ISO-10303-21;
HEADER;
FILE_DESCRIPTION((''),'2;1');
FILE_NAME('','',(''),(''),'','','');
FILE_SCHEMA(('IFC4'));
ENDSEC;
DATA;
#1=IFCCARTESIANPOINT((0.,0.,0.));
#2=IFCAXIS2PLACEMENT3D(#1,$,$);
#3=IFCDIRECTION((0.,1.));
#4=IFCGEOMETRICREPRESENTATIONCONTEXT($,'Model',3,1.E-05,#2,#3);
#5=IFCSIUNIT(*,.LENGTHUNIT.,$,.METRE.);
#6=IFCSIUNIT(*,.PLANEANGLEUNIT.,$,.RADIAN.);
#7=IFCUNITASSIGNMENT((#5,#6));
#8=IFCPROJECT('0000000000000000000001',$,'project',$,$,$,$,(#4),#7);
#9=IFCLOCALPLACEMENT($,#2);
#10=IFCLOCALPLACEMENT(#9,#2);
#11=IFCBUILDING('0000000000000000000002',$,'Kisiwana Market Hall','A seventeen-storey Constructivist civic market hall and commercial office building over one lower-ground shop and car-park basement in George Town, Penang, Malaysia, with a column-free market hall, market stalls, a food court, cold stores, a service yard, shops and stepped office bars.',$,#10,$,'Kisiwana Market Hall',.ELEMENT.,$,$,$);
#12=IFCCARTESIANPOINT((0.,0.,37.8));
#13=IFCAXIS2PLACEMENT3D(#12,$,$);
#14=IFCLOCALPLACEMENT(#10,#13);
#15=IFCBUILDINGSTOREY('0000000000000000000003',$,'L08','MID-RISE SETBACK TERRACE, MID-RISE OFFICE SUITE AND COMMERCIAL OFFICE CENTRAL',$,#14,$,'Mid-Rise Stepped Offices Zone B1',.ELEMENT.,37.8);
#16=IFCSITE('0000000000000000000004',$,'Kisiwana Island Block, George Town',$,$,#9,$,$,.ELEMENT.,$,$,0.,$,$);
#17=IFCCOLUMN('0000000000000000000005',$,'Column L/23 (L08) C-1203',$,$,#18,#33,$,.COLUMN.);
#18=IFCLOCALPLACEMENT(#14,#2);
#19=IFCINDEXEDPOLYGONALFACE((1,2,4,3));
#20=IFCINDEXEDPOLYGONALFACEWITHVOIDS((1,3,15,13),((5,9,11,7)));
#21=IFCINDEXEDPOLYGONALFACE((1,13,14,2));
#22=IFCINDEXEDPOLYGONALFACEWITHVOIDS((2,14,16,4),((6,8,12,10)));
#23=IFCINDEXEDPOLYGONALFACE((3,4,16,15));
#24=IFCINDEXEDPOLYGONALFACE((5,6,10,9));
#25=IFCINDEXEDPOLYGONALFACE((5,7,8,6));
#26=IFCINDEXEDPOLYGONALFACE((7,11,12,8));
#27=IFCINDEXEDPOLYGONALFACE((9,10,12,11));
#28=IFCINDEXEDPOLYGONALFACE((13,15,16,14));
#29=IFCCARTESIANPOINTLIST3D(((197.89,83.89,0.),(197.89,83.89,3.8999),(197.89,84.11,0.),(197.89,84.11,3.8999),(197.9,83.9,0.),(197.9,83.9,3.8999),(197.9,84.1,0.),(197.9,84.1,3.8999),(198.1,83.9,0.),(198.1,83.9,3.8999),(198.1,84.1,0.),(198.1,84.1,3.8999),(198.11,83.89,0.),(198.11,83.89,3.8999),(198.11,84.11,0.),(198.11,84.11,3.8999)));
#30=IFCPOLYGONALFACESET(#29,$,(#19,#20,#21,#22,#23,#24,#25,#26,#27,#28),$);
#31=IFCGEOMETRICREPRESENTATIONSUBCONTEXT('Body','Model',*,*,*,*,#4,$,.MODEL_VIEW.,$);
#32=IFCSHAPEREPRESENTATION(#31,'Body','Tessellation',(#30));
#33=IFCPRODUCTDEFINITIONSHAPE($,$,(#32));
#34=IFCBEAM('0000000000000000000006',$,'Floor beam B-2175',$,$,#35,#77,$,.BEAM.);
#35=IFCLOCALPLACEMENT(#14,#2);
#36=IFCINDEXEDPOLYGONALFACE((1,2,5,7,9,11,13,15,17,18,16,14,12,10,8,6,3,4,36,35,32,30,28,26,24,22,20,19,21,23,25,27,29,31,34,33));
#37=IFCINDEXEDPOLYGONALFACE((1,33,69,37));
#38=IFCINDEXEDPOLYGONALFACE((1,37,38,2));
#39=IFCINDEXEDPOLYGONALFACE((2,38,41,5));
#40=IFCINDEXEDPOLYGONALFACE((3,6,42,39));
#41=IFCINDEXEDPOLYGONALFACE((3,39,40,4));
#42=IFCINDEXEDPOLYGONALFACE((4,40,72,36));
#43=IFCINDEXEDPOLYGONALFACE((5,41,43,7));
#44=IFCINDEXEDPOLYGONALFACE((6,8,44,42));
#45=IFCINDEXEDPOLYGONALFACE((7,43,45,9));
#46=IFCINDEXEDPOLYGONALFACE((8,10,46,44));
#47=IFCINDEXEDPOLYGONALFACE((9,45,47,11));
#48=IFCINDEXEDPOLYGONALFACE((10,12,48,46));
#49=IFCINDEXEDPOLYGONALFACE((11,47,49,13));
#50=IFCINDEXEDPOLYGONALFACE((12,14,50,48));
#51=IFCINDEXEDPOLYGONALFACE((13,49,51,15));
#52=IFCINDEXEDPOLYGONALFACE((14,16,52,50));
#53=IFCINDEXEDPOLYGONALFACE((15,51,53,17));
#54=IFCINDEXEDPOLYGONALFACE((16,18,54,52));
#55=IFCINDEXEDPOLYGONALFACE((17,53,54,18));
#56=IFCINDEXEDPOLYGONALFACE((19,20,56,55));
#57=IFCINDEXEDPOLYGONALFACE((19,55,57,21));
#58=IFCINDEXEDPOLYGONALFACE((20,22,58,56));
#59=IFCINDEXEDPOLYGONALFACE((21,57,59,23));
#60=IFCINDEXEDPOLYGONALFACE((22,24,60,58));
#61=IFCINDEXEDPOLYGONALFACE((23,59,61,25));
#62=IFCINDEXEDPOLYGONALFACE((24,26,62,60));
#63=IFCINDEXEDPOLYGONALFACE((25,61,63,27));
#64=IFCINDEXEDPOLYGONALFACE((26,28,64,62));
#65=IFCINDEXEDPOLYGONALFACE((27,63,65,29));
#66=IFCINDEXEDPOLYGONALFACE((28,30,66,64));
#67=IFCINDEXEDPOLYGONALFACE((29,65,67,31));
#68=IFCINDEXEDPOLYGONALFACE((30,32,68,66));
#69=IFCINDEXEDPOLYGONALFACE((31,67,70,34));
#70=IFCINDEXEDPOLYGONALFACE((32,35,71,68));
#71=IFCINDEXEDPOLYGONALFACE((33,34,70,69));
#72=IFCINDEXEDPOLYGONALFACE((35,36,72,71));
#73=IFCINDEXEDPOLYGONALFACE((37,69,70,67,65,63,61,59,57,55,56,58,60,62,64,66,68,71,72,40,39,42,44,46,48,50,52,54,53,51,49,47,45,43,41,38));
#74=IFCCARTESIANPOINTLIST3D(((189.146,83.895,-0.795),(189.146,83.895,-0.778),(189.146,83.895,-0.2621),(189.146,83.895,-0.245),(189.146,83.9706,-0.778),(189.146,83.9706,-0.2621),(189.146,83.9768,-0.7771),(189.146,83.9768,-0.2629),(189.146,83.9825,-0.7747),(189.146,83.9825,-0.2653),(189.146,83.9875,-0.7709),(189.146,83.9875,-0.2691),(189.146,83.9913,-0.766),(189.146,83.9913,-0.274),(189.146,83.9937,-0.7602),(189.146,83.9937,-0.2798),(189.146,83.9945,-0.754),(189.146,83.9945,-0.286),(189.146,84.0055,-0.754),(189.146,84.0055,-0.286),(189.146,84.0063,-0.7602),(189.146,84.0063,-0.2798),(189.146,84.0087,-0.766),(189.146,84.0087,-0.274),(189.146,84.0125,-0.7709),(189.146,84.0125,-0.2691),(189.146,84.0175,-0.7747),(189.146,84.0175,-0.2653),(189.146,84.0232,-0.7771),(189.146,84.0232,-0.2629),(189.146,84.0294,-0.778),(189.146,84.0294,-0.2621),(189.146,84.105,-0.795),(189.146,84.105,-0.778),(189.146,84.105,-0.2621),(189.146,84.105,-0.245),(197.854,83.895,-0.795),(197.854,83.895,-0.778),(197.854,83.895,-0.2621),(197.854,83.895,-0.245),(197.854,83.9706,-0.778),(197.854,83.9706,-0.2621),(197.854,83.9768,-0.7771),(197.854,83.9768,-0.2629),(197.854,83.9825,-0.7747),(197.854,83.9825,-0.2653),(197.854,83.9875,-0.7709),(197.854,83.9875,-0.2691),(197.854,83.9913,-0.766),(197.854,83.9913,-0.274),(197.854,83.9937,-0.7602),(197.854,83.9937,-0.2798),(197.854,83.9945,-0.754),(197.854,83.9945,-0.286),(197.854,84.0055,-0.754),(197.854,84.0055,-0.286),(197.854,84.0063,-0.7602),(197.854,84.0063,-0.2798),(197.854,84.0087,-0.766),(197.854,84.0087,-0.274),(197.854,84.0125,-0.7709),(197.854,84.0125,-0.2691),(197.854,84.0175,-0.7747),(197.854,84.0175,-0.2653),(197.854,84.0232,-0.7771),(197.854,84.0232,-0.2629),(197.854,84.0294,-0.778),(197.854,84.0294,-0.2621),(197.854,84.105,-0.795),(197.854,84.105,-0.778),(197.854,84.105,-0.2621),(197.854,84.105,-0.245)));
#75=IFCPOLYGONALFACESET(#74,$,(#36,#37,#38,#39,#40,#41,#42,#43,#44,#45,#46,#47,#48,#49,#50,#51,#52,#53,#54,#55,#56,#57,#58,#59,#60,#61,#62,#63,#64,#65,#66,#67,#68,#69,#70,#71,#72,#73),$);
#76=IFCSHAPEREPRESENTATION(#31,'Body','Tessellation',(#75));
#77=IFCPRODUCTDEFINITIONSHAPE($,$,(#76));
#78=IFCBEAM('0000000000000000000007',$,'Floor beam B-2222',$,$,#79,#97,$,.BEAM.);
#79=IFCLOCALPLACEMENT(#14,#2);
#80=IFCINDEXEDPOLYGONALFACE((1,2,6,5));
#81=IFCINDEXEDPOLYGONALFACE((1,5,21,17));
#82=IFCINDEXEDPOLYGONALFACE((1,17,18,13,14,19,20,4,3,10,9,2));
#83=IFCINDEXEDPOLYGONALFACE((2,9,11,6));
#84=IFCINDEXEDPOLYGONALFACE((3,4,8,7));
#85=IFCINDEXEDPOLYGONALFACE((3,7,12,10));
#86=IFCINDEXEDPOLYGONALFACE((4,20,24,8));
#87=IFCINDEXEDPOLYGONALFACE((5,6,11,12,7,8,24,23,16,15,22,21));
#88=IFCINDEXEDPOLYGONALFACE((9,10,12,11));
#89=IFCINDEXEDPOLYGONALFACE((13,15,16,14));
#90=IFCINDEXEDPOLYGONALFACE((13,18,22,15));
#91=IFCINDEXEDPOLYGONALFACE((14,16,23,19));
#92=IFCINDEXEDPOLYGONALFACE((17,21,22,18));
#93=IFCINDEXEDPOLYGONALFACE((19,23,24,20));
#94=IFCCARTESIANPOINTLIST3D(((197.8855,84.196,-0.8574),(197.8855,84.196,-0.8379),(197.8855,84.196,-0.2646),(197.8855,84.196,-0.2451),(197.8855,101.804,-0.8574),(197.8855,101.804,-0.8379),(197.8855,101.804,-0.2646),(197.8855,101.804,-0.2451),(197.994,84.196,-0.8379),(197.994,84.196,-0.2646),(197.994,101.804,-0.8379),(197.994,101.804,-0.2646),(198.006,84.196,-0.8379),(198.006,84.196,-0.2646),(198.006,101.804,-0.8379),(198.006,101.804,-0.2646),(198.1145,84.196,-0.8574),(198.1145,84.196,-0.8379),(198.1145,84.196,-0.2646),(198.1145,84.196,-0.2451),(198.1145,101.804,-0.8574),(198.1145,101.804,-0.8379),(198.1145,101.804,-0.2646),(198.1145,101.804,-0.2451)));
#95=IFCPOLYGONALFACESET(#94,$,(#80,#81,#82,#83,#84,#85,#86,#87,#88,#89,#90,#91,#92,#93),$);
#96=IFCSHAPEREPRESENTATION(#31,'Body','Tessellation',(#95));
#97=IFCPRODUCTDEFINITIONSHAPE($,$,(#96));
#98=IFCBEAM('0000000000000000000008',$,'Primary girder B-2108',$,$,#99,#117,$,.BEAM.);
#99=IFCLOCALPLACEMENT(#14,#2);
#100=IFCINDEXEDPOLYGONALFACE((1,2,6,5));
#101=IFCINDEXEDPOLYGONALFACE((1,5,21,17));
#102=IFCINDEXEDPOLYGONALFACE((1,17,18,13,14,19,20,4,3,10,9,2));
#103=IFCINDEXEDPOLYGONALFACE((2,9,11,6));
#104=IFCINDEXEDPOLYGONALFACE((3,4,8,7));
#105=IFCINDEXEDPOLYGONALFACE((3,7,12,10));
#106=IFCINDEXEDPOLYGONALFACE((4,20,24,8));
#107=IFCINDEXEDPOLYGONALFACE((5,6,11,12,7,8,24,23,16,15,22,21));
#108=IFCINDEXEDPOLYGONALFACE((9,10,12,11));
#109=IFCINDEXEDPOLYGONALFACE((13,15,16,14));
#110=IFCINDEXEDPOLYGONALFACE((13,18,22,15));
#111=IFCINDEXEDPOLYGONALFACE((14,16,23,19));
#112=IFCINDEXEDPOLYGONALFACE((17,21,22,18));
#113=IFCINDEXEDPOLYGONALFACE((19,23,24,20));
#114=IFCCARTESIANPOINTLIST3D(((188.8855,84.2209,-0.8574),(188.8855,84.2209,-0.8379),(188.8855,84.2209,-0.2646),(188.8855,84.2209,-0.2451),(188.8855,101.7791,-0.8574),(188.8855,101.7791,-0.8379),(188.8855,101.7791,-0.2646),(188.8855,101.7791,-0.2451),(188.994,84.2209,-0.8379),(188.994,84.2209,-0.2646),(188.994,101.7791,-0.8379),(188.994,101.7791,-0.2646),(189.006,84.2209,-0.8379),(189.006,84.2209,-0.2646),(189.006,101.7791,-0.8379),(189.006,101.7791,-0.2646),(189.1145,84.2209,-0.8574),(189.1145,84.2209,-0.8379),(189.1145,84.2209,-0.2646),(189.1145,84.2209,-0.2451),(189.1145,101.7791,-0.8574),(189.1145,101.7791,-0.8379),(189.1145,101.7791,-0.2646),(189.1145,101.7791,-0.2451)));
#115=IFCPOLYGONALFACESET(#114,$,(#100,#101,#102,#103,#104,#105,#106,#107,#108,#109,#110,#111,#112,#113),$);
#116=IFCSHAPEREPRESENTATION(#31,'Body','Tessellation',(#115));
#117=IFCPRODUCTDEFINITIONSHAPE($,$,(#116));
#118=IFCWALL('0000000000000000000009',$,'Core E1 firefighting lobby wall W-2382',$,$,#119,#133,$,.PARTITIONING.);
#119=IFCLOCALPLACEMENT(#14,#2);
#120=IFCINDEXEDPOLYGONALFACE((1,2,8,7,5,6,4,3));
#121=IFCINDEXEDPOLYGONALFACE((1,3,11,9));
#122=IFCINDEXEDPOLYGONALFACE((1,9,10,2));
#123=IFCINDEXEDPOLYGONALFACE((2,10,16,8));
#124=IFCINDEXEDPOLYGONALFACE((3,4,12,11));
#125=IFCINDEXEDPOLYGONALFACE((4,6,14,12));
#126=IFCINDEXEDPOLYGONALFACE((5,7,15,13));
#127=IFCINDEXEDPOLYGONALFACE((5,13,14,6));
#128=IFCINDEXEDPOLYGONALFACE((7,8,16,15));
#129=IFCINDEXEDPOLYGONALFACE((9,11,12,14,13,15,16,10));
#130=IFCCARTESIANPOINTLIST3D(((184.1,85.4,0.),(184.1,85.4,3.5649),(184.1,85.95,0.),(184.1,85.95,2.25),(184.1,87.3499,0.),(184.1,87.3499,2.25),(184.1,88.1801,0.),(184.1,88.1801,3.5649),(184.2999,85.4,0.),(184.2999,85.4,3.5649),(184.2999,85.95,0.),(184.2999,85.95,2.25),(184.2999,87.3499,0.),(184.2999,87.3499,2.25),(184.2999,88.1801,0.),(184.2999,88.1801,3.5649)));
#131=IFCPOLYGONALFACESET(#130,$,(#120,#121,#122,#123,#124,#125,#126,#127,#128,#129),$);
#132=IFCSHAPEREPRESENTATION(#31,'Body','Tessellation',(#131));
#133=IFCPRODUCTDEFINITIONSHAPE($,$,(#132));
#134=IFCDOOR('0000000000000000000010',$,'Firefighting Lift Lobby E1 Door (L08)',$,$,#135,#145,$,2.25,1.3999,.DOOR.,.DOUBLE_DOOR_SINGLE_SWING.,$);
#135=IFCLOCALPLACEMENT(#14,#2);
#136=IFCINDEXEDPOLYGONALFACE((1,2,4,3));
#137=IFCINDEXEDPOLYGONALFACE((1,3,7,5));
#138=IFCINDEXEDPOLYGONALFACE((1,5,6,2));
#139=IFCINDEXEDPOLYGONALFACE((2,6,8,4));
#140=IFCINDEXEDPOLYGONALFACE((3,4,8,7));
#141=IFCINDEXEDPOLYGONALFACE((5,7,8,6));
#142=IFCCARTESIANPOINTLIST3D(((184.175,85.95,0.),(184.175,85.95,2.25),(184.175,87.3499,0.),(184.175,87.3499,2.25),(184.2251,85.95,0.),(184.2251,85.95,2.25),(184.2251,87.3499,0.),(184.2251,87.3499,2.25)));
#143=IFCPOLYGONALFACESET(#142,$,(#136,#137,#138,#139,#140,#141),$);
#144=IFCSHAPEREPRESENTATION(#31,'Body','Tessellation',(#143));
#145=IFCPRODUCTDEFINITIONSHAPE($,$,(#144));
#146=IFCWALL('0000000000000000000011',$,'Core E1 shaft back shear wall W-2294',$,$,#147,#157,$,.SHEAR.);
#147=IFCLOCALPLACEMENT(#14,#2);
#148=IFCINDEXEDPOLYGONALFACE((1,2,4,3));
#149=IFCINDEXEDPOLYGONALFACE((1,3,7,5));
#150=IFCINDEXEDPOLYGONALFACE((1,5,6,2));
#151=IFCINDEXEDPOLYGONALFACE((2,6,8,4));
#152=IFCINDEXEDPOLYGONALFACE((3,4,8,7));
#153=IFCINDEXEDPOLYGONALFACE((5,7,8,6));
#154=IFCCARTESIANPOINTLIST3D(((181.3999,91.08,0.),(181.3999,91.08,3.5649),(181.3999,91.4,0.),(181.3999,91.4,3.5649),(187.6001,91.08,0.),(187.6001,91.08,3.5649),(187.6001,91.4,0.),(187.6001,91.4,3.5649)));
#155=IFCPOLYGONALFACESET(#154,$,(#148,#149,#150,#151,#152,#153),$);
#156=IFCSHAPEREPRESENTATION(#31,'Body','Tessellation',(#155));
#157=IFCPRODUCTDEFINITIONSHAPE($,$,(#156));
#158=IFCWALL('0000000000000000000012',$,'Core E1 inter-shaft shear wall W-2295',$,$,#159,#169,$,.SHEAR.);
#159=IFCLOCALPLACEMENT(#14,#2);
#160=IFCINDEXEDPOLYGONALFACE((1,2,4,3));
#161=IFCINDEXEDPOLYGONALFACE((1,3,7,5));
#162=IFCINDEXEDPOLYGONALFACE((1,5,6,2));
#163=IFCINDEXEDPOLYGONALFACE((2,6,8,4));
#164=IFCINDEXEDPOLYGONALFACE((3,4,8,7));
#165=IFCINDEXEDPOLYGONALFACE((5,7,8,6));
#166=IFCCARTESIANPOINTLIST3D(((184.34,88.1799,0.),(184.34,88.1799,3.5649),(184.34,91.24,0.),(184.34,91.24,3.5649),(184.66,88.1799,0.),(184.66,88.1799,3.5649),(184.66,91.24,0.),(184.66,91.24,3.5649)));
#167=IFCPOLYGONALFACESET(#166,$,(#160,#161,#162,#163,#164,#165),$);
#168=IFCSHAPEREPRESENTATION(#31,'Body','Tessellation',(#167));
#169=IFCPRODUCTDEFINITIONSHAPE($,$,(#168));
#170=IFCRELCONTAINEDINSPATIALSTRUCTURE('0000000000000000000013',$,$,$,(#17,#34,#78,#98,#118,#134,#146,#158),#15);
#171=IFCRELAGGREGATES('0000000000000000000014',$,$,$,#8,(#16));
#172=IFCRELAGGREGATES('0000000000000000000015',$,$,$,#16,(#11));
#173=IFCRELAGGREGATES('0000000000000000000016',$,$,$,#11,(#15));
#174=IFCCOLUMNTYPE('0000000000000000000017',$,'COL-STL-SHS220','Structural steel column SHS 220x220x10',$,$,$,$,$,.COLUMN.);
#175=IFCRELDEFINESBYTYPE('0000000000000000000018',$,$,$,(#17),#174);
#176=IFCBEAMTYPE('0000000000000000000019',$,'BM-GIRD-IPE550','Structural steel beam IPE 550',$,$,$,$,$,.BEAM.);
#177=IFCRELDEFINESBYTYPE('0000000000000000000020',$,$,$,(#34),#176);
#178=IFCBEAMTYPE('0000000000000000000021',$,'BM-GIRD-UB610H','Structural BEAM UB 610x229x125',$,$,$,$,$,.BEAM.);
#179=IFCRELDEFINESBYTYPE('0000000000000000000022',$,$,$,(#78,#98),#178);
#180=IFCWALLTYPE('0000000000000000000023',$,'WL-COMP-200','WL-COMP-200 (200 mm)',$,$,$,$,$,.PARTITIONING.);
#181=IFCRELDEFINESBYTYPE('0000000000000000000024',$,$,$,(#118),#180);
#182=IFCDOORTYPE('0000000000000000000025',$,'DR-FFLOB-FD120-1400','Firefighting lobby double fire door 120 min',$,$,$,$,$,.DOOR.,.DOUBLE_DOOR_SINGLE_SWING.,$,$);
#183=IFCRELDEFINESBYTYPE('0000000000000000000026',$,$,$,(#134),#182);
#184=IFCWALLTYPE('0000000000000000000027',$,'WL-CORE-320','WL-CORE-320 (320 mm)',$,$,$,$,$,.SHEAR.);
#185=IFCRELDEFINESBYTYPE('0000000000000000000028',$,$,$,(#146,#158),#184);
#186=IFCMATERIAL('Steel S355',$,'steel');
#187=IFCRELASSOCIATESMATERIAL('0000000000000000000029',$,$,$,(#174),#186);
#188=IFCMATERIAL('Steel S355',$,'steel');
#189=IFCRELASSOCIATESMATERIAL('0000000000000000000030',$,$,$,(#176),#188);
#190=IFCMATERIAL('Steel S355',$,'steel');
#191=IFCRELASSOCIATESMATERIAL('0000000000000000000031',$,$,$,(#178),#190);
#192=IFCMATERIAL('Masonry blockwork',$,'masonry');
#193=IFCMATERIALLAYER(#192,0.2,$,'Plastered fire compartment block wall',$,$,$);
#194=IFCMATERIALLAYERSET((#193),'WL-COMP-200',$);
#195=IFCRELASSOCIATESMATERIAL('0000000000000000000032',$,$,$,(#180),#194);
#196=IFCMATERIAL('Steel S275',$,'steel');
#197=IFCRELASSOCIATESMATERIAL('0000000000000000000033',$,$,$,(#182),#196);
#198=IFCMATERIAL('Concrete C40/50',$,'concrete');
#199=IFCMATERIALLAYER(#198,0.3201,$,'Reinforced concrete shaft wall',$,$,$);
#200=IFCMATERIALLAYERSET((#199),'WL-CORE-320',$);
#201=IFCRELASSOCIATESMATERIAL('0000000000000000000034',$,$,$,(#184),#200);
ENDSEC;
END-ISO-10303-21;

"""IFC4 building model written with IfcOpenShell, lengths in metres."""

from ifc_helpers import new_model, si_unit, direction, frame, frame_2d, origin, origin_2d, place, context, subcontext, project, spatial, rectangle, hollow_rectangle, i_section, extrude, material, layer, layer_set, material_profile, profile_set, type_object, element, fill, save


model = new_model("IFC4")

# Units and contexts
model_context = context("Model", 3, precision=1e-05, world=origin(), true_north=direction((0.0, 1.0)))
body_context = subcontext(model_context, "Body", "Model", "MODEL_VIEW")
ifc_project = project(units=[si_unit("LENGTHUNIT", "METRE"), si_unit("PLANEANGLEUNIT", "RADIAN")], contexts=[model_context])

# Site, building, storey
site_placement = place(None, origin())
site = spatial("IfcSite", under=ifc_project, at=site_placement, Name="Kisiwana Island Block, George Town", CompositionType="ELEMENT", RefElevation=0.0)
building_placement = place(site_placement, origin())
building = spatial("IfcBuilding", under=site, at=building_placement, Name="Kisiwana Market Hall", Description="A seventeen-storey Constructivist civic market hall and commercial office building over one lower-ground shop and car-park basement in George Town, Penang, Malaysia, with a column-free market hall, market stalls, a food court, cold stores, a service yard, shops and stepped office bars.", LongName="Kisiwana Market Hall", CompositionType="ELEMENT")
storey_placement = place(building_placement, frame((0.0, 0.0, 37.8)))
storey = spatial("IfcBuildingStorey", under=building, at=storey_placement, Name="L08", Description="MID-RISE SETBACK TERRACE, MID-RISE OFFICE SUITE AND COMMERCIAL OFFICE CENTRAL", LongName="Mid-Rise Stepped Offices Zone B1", CompositionType="ELEMENT", Elevation=37.8)

# Column
ifc_material_1 = material(Name="Steel S355", Category="steel")
ifc_material_profile_1 = material_profile(ifc_material_1, hollow_rectangle(XDim=0.22, YDim=0.22, WallThickness=0.01, at=origin_2d()), Name="SHS 220x220x10")
ifc_profile_set_1 = profile_set([ifc_material_profile_1], Name="Steel S355")
column_type = type_object("IfcColumnType", Name="COL-STL-SHS220", Description="Structural steel column SHS 220x220x10", PredefinedType="COLUMN", material=ifc_profile_set_1)
column_placement = place(storey_placement, frame((198.0, 84.0, 0.0), z_axis=(0.0, 0.0, 1.0), x_axis=(1.0, 0.0, 0.0)))
element("IfcColumn", 1, at=column_placement, inside=storey, type_object=column_type, Name="Column L/23 (L08) C-1203", PredefinedType="COLUMN", context=body_context, shape_type="SweptSolid", body=[
    extrude(hollow_rectangle(XDim=0.22, YDim=0.22, WallThickness=0.01, at=origin_2d()), origin(), (0.0, 0.0, 1.0), 3.8999),
])

# Beams
ifc_material_2 = material(Name="Steel S355", Category="steel")
ifc_material_profile_2 = material_profile(ifc_material_2, i_section(OverallWidth=0.21, OverallDepth=0.55, WebThickness=0.011, FlangeThickness=0.0171, FilletRadius=0.0239, at=origin_2d()), Name="IPE 550")
ifc_profile_set_2 = profile_set([ifc_material_profile_2], Name="Steel S355")
beam_type_1 = type_object("IfcBeamType", Name="BM-GIRD-IPE550", Description="Structural steel beam IPE 550", PredefinedType="BEAM", material=ifc_profile_set_2)
beam_1_placement = place(storey_placement, frame((189.146, 84.0, -0.52), z_axis=(1.0, 0.0, 0.0), x_axis=(0.0, 1.0, 0.0)))
element("IfcBeam", 2, at=beam_1_placement, inside=storey, type_object=beam_type_1, Name="Floor beam B-2175", PredefinedType="BEAM", context=body_context, shape_type="SweptSolid", body=[
    extrude(i_section(OverallWidth=0.21, OverallDepth=0.55, WebThickness=0.011, FlangeThickness=0.0171, FilletRadius=0.0239, at=origin_2d()), origin(), (0.0, 0.0, 1.0), 8.708),
])
ifc_material_3 = material(Name="Steel S355", Category="steel")
ifc_material_profile_3 = material_profile(ifc_material_3, i_section(OverallWidth=0.229, OverallDepth=0.6123, WebThickness=0.012, FlangeThickness=0.0195, at=origin_2d()), Name="UB 610x229x125")
ifc_profile_set_3 = profile_set([ifc_material_profile_3], Name="Steel S355")
beam_type_2 = type_object("IfcBeamType", Name="BM-GIRD-UB610H", Description="Structural BEAM UB 610x229x125", PredefinedType="BEAM", material=ifc_profile_set_3)
beam_2_placement = place(storey_placement, frame((198.0, 84.196, -0.5513), z_axis=(0.0, 1.0, 0.0), x_axis=(-1.0, 0.0, 0.0)))
element("IfcBeam", 3, at=beam_2_placement, inside=storey, type_object=beam_type_2, Name="Floor beam B-2222", PredefinedType="BEAM", context=body_context, shape_type="SweptSolid", body=[
    extrude(i_section(OverallWidth=0.229, OverallDepth=0.6123, WebThickness=0.012, FlangeThickness=0.0195, at=origin_2d()), origin(), (0.0, 0.0, 1.0), 17.6079),
])
beam_3_placement = place(storey_placement, frame((189.0, 84.2209, -0.5513), z_axis=(0.0, 1.0, 0.0), x_axis=(-1.0, 0.0, 0.0)))
element("IfcBeam", 4, at=beam_3_placement, inside=storey, type_object=beam_type_2, Name="Primary girder B-2108", PredefinedType="BEAM", context=body_context, shape_type="SweptSolid", body=[
    extrude(i_section(OverallWidth=0.229, OverallDepth=0.6123, WebThickness=0.012, FlangeThickness=0.0195, at=origin_2d()), origin(), (0.0, 0.0, 1.0), 17.5581),
])

# Wall, opening, door
ifc_material_4 = material(Name="Masonry blockwork", Category="masonry")
ifc_layer_1 = layer(ifc_material_4, 0.2, Name="Plastered fire compartment block wall")
ifc_layer_set_1 = layer_set([ifc_layer_1], Name="WL-COMP-200")
wall_type_1 = type_object("IfcWallType", Name="WL-COMP-200", Description="WL-COMP-200 (200 mm)", PredefinedType="PARTITIONING", material=ifc_layer_set_1)
wall_1_placement = place(storey_placement, frame((184.2, 85.3999, 0.0), z_axis=(0.0, 0.0, 1.0), x_axis=(0.0, 1.0, 0.0)))
wall_1 = element("IfcWall", 5, at=wall_1_placement, inside=storey, type_object=wall_type_1, Name="Core E1 firefighting lobby wall W-2382", PredefinedType="PARTITIONING", context=body_context, shape_type="SweptSolid", body=[
    extrude(rectangle(XDim=2.78, YDim=0.2, at=frame_2d((1.3901, 0.0))), origin(), (0.0, 0.0, 1.0), 3.5649),
])
opening_1_placement = place(wall_1_placement, frame((0.55, 0.0, 0.0)))
opening_1 = element("IfcOpeningElement", 6, at=opening_1_placement, cuts=wall_1, PredefinedType="OPENING", context=body_context, shape_type="SweptSolid", body=[
    extrude(rectangle(XDim=1.3999, YDim=2.25, at=frame_2d((0.7, 1.125))), frame((0.0, 0.1118, 0.0), z_axis=(0.0, -1.0, 0.0), x_axis=(1.0, 0.0, 0.0)), (0.0, 0.0, 1.0), 0.2239),
])
ifc_material_5 = material(Name="Steel S275", Category="steel")
door_type_1 = type_object("IfcDoorType", Name="DR-FFLOB-FD120-1400", Description="Firefighting lobby double fire door 120 min", OperationType="DOUBLE_DOOR_SINGLE_SWING", PredefinedType="DOOR", material=ifc_material_5)
door_1_placement = place(opening_1_placement, origin())
door_1 = element("IfcDoor", 7, at=door_1_placement, inside=storey, type_object=door_type_1, Name="Firefighting Lift Lobby E1 Door (L08)", OperationType="DOUBLE_DOOR_SINGLE_SWING", OverallHeight=2.25, OverallWidth=1.3999, PredefinedType="DOOR", context=body_context, shape_type="SweptSolid", body=[
    extrude(rectangle(XDim=1.3999, YDim=2.25, at=frame_2d((0.7, 1.125))), frame((0.0, 0.0249, 0.0), z_axis=(0.0, -1.0, 0.0), x_axis=(1.0, 0.0, 0.0)), (0.0, 0.0, 1.0), 0.05),
])
fill(opening_1, door_1)

# Walls
ifc_material_6 = material(Name="Concrete C40/50", Category="concrete")
ifc_layer_2 = layer(ifc_material_6, 0.3201, Name="Reinforced concrete shaft wall")
ifc_layer_set_2 = layer_set([ifc_layer_2], Name="WL-CORE-320")
wall_type_2 = type_object("IfcWallType", Name="WL-CORE-320", Description="WL-CORE-320 (320 mm)", PredefinedType="SHEAR", material=ifc_layer_set_2)
wall_2_placement = place(storey_placement, frame((181.3999, 91.24, 0.0), z_axis=(0.0, 0.0, 1.0), x_axis=(1.0, 0.0, 0.0)))
element("IfcWall", 8, at=wall_2_placement, inside=storey, type_object=wall_type_2, Name="Core E1 shaft back shear wall W-2294", PredefinedType="SHEAR", context=body_context, shape_type="SweptSolid", body=[
    extrude(rectangle(XDim=6.2002, YDim=0.3201, at=frame_2d((3.1001, 0.0))), origin(), (0.0, 0.0, 1.0), 3.5649),
])
wall_3_placement = place(storey_placement, frame((184.5, 88.1799, 0.0), z_axis=(0.0, 0.0, 1.0), x_axis=(0.0, 1.0, 0.0)))
element("IfcWall", 9, at=wall_3_placement, inside=storey, type_object=wall_type_2, Name="Core E1 inter-shaft shear wall W-2295", PredefinedType="SHEAR", context=body_context, shape_type="SweptSolid", body=[
    extrude(rectangle(XDim=3.0601, YDim=0.3201, at=frame_2d((1.53, 0.0))), origin(), (0.0, 0.0, 1.0), 3.5649),
])

save(model, "model.ifc")
